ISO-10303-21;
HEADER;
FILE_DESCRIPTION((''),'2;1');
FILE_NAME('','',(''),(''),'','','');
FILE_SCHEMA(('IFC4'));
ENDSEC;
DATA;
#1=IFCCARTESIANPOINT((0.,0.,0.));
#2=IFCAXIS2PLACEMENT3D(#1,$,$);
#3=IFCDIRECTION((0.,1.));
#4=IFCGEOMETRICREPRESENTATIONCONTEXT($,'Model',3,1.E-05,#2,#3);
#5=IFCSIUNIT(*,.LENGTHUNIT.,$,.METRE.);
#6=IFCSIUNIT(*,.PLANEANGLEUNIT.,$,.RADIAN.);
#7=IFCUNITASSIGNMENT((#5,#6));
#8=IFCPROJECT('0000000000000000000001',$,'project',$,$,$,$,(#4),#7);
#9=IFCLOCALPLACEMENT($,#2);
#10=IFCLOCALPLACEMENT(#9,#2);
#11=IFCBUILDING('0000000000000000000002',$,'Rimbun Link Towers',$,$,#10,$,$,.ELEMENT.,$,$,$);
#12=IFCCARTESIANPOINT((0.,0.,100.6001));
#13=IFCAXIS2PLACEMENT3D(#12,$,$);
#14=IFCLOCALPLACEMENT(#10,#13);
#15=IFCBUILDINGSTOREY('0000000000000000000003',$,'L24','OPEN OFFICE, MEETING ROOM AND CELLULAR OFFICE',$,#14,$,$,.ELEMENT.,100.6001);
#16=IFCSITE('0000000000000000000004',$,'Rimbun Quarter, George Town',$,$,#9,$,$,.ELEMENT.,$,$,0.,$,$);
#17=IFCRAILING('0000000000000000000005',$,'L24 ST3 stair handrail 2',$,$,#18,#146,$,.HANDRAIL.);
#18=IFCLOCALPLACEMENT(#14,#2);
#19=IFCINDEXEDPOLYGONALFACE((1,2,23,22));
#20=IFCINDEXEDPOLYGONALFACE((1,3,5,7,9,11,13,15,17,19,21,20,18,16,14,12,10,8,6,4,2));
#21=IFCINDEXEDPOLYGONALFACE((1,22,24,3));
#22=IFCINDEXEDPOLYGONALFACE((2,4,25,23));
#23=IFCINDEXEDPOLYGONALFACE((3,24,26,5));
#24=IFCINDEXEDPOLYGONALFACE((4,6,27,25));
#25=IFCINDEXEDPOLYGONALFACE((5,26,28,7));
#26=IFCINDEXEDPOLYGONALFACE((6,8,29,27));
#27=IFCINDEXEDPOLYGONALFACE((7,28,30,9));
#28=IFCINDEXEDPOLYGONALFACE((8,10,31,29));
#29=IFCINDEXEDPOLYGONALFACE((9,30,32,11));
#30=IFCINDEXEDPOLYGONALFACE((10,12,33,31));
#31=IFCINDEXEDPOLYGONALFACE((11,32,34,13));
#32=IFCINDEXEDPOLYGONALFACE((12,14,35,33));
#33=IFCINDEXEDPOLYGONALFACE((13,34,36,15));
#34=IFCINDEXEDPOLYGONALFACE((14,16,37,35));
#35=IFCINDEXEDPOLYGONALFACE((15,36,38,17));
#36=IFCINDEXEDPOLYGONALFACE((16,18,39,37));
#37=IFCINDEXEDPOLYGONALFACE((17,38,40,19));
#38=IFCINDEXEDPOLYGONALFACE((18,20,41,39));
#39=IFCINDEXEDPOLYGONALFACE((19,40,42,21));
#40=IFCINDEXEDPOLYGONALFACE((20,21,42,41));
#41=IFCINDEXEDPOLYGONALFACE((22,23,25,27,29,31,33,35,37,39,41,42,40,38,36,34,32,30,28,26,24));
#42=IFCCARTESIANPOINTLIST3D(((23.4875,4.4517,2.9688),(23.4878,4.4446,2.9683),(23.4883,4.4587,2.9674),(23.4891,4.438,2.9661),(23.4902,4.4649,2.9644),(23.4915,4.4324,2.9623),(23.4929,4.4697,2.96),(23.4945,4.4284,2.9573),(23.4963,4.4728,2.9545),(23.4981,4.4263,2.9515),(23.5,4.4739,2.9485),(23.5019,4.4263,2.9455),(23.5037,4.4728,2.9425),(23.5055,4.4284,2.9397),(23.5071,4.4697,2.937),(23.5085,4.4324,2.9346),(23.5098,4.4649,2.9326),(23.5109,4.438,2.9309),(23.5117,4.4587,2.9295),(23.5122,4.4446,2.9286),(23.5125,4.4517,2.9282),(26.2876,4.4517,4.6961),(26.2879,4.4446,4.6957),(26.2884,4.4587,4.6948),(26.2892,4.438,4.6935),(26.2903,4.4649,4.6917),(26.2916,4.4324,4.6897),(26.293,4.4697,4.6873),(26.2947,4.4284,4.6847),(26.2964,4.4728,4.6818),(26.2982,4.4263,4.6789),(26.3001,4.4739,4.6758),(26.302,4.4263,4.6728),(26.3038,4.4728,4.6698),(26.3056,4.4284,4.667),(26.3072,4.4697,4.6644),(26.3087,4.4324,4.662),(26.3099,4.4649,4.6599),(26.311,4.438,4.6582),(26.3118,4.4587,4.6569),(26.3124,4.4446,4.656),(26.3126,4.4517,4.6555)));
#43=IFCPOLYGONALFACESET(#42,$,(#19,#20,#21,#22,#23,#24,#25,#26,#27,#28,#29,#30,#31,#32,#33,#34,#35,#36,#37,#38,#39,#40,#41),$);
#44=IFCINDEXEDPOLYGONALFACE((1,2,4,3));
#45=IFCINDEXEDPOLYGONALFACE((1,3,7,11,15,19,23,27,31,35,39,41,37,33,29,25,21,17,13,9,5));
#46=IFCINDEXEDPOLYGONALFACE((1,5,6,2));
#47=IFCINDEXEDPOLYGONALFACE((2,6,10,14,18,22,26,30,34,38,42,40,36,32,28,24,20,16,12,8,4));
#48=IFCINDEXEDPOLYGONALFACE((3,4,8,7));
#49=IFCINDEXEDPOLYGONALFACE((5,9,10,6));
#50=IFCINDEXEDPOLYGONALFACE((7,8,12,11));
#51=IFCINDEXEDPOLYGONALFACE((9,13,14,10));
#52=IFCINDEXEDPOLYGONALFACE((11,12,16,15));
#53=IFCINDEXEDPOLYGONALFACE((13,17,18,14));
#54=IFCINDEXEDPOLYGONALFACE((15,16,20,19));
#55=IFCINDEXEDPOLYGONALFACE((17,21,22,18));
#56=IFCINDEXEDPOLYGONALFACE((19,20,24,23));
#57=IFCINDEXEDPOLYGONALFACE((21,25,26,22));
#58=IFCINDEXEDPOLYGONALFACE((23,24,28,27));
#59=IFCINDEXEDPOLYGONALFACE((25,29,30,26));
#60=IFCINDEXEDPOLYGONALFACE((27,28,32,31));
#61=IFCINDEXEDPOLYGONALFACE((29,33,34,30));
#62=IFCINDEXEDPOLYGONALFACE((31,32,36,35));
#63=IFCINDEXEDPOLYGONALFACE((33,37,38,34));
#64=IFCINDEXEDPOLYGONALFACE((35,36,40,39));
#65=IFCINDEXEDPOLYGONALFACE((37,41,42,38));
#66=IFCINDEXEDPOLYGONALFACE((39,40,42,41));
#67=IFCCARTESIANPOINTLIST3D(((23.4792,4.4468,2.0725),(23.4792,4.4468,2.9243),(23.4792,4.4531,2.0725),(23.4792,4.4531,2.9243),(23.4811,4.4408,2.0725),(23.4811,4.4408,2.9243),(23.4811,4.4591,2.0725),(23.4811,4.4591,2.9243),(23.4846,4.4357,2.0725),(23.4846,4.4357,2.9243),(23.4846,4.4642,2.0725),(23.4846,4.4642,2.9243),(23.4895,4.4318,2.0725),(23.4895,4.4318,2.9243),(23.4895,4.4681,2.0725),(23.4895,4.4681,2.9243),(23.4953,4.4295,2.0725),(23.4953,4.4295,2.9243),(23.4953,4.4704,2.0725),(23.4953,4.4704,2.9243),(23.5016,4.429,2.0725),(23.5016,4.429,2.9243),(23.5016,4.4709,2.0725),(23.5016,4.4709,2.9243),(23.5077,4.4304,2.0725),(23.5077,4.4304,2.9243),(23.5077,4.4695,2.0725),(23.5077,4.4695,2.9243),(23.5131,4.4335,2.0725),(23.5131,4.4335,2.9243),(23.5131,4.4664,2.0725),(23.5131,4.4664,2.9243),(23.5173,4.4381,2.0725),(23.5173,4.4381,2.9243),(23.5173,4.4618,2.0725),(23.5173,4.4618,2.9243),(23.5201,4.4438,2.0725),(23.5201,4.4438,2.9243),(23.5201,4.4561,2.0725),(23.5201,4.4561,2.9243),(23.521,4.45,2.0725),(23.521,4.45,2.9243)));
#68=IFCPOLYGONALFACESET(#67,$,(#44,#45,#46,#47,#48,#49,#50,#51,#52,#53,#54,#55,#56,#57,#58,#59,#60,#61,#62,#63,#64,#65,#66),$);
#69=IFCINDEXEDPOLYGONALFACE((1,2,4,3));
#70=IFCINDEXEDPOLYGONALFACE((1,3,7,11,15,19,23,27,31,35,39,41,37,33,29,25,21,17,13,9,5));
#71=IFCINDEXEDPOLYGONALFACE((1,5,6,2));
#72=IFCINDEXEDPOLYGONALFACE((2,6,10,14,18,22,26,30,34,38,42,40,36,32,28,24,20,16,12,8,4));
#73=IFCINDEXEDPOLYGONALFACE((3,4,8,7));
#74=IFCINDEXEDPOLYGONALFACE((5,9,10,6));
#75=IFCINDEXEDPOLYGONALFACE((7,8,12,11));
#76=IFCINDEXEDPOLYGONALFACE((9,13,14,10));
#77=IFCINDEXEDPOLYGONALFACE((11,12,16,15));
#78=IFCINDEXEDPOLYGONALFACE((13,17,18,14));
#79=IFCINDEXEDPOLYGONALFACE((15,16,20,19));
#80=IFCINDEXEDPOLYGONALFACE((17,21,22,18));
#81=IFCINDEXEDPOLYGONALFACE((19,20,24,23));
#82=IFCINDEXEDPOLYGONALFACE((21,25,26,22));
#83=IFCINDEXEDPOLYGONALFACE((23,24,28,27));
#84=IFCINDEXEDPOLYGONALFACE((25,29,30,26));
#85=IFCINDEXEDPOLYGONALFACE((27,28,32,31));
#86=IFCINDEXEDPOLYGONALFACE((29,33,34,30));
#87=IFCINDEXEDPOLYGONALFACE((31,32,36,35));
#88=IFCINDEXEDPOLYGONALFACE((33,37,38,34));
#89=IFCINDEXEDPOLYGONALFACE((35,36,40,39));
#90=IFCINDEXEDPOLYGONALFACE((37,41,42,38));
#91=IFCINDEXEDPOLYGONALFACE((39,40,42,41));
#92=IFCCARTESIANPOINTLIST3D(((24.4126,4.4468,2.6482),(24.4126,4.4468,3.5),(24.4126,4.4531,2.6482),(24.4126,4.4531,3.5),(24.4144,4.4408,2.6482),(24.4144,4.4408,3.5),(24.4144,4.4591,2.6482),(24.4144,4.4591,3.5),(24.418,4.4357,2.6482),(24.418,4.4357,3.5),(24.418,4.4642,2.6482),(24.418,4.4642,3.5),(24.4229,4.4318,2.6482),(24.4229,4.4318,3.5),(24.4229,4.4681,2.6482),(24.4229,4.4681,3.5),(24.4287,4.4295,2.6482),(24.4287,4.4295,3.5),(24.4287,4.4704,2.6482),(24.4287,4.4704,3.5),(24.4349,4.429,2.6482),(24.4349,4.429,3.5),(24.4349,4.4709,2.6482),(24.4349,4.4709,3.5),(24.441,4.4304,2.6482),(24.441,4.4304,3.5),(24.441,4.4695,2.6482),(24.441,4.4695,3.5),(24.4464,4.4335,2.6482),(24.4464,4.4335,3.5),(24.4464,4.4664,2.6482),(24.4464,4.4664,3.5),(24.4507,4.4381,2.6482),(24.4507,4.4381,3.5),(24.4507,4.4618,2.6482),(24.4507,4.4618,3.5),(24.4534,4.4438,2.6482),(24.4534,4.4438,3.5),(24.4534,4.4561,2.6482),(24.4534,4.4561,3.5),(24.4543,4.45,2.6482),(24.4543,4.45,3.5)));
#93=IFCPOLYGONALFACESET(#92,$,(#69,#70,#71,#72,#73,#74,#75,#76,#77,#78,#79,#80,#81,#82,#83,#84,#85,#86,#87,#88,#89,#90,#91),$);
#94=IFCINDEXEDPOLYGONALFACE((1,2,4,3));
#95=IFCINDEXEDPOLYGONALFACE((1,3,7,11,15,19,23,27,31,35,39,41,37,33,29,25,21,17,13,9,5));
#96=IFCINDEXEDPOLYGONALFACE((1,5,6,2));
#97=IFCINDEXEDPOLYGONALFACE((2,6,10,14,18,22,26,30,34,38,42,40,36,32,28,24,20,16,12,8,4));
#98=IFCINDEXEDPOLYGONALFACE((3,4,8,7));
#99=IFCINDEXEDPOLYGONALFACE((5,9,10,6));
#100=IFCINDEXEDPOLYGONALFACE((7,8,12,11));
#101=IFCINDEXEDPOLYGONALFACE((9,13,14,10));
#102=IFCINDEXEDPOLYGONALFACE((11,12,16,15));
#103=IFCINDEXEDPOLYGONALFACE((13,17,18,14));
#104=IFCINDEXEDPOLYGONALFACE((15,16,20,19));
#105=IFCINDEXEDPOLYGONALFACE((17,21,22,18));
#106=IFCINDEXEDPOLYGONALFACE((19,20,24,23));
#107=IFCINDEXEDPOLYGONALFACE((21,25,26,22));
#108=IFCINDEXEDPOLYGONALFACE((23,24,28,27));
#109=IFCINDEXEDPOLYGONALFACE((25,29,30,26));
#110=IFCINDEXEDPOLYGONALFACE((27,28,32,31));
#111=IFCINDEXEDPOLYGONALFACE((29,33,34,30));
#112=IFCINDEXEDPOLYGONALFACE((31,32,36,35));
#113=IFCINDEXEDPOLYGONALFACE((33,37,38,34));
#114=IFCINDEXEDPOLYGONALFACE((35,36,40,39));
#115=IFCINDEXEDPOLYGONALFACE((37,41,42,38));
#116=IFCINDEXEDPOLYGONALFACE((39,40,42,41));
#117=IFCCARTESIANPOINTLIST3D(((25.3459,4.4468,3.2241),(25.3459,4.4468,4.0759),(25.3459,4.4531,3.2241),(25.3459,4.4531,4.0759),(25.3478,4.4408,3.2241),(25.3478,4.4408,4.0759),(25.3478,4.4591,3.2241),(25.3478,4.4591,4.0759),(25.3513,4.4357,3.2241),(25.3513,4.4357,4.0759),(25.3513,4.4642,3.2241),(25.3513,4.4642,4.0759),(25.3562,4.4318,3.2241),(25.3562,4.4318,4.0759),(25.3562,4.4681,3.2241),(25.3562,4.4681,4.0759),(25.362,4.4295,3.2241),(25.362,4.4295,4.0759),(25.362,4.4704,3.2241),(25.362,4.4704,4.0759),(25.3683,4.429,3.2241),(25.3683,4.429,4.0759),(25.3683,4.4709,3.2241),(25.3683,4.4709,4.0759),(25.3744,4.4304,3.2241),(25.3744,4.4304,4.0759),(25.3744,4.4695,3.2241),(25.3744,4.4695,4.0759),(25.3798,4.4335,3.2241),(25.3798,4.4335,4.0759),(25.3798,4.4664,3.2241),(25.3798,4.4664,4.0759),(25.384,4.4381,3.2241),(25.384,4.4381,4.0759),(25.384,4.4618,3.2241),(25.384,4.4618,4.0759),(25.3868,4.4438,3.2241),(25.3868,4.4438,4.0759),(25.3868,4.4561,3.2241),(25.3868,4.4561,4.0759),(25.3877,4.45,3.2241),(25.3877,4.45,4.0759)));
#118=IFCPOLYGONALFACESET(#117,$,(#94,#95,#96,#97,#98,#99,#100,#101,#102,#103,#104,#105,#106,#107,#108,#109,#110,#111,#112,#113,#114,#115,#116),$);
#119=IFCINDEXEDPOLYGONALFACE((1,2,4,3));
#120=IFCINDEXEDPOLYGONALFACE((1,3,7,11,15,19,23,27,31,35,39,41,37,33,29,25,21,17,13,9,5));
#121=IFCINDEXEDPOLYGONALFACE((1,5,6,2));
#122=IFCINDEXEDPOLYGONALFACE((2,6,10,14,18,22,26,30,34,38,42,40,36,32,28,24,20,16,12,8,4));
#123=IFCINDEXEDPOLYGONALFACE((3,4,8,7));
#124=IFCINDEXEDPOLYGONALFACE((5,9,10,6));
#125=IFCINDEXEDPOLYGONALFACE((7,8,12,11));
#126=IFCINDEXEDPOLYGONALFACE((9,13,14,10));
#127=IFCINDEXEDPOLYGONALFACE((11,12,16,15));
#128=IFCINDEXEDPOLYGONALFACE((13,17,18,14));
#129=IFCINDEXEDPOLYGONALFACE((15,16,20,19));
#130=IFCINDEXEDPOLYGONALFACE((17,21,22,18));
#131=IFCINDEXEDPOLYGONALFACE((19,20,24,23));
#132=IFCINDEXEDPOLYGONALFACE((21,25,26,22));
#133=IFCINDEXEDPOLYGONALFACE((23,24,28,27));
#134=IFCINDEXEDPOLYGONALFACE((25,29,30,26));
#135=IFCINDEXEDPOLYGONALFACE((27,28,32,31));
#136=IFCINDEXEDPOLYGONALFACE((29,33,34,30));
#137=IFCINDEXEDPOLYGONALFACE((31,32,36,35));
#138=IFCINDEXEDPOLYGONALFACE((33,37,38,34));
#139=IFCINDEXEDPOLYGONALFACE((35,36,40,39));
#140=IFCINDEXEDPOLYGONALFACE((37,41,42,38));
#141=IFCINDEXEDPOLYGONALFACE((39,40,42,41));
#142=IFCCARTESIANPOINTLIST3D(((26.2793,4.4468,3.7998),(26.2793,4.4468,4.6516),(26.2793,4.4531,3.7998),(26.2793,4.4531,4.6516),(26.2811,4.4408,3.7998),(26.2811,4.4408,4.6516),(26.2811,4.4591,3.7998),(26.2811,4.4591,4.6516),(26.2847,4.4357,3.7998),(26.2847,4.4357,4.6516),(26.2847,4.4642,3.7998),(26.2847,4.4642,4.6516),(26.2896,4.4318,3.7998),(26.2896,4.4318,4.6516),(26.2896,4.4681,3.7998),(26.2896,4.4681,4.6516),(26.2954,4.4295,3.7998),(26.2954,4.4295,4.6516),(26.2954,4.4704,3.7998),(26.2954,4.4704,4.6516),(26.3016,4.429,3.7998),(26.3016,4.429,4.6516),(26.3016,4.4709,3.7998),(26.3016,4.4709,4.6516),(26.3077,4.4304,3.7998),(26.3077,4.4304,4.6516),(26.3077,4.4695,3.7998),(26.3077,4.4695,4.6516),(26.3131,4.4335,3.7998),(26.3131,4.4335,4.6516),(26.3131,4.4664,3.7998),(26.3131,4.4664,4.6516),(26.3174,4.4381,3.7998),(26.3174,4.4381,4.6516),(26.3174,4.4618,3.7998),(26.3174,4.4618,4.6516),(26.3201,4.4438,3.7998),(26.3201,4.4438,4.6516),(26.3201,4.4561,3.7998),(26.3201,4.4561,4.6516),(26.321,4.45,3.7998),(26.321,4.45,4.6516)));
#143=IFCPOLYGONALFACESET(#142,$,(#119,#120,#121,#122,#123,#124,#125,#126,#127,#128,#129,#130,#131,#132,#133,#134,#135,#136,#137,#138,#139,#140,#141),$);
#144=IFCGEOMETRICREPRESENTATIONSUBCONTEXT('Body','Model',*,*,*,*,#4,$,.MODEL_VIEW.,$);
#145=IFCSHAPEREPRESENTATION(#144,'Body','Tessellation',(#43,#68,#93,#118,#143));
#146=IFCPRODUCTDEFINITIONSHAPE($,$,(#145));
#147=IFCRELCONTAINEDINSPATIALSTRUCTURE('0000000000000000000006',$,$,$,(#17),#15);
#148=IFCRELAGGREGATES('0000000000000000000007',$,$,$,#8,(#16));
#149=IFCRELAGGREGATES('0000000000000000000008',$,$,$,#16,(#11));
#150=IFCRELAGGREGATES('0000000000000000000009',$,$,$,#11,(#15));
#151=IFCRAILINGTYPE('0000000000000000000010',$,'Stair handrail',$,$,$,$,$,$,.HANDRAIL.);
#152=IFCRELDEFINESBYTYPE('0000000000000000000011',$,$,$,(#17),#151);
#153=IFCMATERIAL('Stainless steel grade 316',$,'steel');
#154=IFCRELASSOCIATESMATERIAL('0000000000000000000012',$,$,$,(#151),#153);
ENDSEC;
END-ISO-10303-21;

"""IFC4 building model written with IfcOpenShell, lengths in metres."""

from ifc_helpers import new_model, si_unit, direction, frame, origin, origin_2d, place, context, subcontext, project, spatial, circle, extrude, material, type_object, element, save


model = new_model("IFC4")

# Units and contexts
model_context = context("Model", 3, precision=1e-05, world=origin(), true_north=direction((0.0, 1.0)))
body_context = subcontext(model_context, "Body", "Model", "MODEL_VIEW")
ifc_project = project(units=[si_unit("LENGTHUNIT", "METRE"), si_unit("PLANEANGLEUNIT", "RADIAN")], contexts=[model_context])

# Site, building, storey
site_placement = place(None, origin())
site = spatial("IfcSite", under=ifc_project, at=site_placement, Name="Rimbun Quarter, George Town", CompositionType="ELEMENT", RefElevation=0.0)
building_placement = place(site_placement, origin())
building = spatial("IfcBuilding", under=site, at=building_placement, Name="Rimbun Link Towers", CompositionType="ELEMENT")
storey_placement = place(building_placement, frame((0.0, 0.0, 100.6001)))
storey = spatial("IfcBuildingStorey", under=building, at=storey_placement, Name="L24", Description="OPEN OFFICE, MEETING ROOM AND CELLULAR OFFICE", CompositionType="ELEMENT", Elevation=100.6001)

# Railing
ifc_material_1 = material(Name="Stainless steel grade 316", Category="steel")
railing_type_1 = type_object("IfcRailingType", Name="Stair handrail", PredefinedType="HANDRAIL", material=ifc_material_1)
railing_1_placement = place(storey_placement, frame((23.5, 4.45, 2.0725)))
element("IfcRailing", 1, at=railing_1_placement, inside=storey, type_object=railing_type_1, Name="L24 ST3 stair handrail 2", PredefinedType="HANDRAIL", context=body_context, shape_type="SweptSolid", body=[
    extrude(circle(Radius=0.0239, at=origin_2d()), frame((0.0, 0.0, 0.876), z_axis=(0.85109, 0.0, 0.52502), x_axis=(0.0, 1.0, 0.0)), (0.0, 0.0, 1.0), 3.29),
    extrude(circle(Radius=0.021, at=origin_2d()), origin(), (0.0, 0.0, 1.0), 0.8518),
    extrude(circle(Radius=0.021, at=origin_2d()), frame((0.9333, 0.0, 0.5757)), (0.0, 0.0, 1.0), 0.8518),
    extrude(circle(Radius=0.021, at=origin_2d()), frame((1.8667, 0.0, 1.1516)), (0.0, 0.0, 1.0), 0.8518),
    extrude(circle(Radius=0.021, at=origin_2d()), frame((2.8, 0.0, 1.7273)), (0.0, 0.0, 1.0), 0.8518),
])

save(model, "model.ifc")
